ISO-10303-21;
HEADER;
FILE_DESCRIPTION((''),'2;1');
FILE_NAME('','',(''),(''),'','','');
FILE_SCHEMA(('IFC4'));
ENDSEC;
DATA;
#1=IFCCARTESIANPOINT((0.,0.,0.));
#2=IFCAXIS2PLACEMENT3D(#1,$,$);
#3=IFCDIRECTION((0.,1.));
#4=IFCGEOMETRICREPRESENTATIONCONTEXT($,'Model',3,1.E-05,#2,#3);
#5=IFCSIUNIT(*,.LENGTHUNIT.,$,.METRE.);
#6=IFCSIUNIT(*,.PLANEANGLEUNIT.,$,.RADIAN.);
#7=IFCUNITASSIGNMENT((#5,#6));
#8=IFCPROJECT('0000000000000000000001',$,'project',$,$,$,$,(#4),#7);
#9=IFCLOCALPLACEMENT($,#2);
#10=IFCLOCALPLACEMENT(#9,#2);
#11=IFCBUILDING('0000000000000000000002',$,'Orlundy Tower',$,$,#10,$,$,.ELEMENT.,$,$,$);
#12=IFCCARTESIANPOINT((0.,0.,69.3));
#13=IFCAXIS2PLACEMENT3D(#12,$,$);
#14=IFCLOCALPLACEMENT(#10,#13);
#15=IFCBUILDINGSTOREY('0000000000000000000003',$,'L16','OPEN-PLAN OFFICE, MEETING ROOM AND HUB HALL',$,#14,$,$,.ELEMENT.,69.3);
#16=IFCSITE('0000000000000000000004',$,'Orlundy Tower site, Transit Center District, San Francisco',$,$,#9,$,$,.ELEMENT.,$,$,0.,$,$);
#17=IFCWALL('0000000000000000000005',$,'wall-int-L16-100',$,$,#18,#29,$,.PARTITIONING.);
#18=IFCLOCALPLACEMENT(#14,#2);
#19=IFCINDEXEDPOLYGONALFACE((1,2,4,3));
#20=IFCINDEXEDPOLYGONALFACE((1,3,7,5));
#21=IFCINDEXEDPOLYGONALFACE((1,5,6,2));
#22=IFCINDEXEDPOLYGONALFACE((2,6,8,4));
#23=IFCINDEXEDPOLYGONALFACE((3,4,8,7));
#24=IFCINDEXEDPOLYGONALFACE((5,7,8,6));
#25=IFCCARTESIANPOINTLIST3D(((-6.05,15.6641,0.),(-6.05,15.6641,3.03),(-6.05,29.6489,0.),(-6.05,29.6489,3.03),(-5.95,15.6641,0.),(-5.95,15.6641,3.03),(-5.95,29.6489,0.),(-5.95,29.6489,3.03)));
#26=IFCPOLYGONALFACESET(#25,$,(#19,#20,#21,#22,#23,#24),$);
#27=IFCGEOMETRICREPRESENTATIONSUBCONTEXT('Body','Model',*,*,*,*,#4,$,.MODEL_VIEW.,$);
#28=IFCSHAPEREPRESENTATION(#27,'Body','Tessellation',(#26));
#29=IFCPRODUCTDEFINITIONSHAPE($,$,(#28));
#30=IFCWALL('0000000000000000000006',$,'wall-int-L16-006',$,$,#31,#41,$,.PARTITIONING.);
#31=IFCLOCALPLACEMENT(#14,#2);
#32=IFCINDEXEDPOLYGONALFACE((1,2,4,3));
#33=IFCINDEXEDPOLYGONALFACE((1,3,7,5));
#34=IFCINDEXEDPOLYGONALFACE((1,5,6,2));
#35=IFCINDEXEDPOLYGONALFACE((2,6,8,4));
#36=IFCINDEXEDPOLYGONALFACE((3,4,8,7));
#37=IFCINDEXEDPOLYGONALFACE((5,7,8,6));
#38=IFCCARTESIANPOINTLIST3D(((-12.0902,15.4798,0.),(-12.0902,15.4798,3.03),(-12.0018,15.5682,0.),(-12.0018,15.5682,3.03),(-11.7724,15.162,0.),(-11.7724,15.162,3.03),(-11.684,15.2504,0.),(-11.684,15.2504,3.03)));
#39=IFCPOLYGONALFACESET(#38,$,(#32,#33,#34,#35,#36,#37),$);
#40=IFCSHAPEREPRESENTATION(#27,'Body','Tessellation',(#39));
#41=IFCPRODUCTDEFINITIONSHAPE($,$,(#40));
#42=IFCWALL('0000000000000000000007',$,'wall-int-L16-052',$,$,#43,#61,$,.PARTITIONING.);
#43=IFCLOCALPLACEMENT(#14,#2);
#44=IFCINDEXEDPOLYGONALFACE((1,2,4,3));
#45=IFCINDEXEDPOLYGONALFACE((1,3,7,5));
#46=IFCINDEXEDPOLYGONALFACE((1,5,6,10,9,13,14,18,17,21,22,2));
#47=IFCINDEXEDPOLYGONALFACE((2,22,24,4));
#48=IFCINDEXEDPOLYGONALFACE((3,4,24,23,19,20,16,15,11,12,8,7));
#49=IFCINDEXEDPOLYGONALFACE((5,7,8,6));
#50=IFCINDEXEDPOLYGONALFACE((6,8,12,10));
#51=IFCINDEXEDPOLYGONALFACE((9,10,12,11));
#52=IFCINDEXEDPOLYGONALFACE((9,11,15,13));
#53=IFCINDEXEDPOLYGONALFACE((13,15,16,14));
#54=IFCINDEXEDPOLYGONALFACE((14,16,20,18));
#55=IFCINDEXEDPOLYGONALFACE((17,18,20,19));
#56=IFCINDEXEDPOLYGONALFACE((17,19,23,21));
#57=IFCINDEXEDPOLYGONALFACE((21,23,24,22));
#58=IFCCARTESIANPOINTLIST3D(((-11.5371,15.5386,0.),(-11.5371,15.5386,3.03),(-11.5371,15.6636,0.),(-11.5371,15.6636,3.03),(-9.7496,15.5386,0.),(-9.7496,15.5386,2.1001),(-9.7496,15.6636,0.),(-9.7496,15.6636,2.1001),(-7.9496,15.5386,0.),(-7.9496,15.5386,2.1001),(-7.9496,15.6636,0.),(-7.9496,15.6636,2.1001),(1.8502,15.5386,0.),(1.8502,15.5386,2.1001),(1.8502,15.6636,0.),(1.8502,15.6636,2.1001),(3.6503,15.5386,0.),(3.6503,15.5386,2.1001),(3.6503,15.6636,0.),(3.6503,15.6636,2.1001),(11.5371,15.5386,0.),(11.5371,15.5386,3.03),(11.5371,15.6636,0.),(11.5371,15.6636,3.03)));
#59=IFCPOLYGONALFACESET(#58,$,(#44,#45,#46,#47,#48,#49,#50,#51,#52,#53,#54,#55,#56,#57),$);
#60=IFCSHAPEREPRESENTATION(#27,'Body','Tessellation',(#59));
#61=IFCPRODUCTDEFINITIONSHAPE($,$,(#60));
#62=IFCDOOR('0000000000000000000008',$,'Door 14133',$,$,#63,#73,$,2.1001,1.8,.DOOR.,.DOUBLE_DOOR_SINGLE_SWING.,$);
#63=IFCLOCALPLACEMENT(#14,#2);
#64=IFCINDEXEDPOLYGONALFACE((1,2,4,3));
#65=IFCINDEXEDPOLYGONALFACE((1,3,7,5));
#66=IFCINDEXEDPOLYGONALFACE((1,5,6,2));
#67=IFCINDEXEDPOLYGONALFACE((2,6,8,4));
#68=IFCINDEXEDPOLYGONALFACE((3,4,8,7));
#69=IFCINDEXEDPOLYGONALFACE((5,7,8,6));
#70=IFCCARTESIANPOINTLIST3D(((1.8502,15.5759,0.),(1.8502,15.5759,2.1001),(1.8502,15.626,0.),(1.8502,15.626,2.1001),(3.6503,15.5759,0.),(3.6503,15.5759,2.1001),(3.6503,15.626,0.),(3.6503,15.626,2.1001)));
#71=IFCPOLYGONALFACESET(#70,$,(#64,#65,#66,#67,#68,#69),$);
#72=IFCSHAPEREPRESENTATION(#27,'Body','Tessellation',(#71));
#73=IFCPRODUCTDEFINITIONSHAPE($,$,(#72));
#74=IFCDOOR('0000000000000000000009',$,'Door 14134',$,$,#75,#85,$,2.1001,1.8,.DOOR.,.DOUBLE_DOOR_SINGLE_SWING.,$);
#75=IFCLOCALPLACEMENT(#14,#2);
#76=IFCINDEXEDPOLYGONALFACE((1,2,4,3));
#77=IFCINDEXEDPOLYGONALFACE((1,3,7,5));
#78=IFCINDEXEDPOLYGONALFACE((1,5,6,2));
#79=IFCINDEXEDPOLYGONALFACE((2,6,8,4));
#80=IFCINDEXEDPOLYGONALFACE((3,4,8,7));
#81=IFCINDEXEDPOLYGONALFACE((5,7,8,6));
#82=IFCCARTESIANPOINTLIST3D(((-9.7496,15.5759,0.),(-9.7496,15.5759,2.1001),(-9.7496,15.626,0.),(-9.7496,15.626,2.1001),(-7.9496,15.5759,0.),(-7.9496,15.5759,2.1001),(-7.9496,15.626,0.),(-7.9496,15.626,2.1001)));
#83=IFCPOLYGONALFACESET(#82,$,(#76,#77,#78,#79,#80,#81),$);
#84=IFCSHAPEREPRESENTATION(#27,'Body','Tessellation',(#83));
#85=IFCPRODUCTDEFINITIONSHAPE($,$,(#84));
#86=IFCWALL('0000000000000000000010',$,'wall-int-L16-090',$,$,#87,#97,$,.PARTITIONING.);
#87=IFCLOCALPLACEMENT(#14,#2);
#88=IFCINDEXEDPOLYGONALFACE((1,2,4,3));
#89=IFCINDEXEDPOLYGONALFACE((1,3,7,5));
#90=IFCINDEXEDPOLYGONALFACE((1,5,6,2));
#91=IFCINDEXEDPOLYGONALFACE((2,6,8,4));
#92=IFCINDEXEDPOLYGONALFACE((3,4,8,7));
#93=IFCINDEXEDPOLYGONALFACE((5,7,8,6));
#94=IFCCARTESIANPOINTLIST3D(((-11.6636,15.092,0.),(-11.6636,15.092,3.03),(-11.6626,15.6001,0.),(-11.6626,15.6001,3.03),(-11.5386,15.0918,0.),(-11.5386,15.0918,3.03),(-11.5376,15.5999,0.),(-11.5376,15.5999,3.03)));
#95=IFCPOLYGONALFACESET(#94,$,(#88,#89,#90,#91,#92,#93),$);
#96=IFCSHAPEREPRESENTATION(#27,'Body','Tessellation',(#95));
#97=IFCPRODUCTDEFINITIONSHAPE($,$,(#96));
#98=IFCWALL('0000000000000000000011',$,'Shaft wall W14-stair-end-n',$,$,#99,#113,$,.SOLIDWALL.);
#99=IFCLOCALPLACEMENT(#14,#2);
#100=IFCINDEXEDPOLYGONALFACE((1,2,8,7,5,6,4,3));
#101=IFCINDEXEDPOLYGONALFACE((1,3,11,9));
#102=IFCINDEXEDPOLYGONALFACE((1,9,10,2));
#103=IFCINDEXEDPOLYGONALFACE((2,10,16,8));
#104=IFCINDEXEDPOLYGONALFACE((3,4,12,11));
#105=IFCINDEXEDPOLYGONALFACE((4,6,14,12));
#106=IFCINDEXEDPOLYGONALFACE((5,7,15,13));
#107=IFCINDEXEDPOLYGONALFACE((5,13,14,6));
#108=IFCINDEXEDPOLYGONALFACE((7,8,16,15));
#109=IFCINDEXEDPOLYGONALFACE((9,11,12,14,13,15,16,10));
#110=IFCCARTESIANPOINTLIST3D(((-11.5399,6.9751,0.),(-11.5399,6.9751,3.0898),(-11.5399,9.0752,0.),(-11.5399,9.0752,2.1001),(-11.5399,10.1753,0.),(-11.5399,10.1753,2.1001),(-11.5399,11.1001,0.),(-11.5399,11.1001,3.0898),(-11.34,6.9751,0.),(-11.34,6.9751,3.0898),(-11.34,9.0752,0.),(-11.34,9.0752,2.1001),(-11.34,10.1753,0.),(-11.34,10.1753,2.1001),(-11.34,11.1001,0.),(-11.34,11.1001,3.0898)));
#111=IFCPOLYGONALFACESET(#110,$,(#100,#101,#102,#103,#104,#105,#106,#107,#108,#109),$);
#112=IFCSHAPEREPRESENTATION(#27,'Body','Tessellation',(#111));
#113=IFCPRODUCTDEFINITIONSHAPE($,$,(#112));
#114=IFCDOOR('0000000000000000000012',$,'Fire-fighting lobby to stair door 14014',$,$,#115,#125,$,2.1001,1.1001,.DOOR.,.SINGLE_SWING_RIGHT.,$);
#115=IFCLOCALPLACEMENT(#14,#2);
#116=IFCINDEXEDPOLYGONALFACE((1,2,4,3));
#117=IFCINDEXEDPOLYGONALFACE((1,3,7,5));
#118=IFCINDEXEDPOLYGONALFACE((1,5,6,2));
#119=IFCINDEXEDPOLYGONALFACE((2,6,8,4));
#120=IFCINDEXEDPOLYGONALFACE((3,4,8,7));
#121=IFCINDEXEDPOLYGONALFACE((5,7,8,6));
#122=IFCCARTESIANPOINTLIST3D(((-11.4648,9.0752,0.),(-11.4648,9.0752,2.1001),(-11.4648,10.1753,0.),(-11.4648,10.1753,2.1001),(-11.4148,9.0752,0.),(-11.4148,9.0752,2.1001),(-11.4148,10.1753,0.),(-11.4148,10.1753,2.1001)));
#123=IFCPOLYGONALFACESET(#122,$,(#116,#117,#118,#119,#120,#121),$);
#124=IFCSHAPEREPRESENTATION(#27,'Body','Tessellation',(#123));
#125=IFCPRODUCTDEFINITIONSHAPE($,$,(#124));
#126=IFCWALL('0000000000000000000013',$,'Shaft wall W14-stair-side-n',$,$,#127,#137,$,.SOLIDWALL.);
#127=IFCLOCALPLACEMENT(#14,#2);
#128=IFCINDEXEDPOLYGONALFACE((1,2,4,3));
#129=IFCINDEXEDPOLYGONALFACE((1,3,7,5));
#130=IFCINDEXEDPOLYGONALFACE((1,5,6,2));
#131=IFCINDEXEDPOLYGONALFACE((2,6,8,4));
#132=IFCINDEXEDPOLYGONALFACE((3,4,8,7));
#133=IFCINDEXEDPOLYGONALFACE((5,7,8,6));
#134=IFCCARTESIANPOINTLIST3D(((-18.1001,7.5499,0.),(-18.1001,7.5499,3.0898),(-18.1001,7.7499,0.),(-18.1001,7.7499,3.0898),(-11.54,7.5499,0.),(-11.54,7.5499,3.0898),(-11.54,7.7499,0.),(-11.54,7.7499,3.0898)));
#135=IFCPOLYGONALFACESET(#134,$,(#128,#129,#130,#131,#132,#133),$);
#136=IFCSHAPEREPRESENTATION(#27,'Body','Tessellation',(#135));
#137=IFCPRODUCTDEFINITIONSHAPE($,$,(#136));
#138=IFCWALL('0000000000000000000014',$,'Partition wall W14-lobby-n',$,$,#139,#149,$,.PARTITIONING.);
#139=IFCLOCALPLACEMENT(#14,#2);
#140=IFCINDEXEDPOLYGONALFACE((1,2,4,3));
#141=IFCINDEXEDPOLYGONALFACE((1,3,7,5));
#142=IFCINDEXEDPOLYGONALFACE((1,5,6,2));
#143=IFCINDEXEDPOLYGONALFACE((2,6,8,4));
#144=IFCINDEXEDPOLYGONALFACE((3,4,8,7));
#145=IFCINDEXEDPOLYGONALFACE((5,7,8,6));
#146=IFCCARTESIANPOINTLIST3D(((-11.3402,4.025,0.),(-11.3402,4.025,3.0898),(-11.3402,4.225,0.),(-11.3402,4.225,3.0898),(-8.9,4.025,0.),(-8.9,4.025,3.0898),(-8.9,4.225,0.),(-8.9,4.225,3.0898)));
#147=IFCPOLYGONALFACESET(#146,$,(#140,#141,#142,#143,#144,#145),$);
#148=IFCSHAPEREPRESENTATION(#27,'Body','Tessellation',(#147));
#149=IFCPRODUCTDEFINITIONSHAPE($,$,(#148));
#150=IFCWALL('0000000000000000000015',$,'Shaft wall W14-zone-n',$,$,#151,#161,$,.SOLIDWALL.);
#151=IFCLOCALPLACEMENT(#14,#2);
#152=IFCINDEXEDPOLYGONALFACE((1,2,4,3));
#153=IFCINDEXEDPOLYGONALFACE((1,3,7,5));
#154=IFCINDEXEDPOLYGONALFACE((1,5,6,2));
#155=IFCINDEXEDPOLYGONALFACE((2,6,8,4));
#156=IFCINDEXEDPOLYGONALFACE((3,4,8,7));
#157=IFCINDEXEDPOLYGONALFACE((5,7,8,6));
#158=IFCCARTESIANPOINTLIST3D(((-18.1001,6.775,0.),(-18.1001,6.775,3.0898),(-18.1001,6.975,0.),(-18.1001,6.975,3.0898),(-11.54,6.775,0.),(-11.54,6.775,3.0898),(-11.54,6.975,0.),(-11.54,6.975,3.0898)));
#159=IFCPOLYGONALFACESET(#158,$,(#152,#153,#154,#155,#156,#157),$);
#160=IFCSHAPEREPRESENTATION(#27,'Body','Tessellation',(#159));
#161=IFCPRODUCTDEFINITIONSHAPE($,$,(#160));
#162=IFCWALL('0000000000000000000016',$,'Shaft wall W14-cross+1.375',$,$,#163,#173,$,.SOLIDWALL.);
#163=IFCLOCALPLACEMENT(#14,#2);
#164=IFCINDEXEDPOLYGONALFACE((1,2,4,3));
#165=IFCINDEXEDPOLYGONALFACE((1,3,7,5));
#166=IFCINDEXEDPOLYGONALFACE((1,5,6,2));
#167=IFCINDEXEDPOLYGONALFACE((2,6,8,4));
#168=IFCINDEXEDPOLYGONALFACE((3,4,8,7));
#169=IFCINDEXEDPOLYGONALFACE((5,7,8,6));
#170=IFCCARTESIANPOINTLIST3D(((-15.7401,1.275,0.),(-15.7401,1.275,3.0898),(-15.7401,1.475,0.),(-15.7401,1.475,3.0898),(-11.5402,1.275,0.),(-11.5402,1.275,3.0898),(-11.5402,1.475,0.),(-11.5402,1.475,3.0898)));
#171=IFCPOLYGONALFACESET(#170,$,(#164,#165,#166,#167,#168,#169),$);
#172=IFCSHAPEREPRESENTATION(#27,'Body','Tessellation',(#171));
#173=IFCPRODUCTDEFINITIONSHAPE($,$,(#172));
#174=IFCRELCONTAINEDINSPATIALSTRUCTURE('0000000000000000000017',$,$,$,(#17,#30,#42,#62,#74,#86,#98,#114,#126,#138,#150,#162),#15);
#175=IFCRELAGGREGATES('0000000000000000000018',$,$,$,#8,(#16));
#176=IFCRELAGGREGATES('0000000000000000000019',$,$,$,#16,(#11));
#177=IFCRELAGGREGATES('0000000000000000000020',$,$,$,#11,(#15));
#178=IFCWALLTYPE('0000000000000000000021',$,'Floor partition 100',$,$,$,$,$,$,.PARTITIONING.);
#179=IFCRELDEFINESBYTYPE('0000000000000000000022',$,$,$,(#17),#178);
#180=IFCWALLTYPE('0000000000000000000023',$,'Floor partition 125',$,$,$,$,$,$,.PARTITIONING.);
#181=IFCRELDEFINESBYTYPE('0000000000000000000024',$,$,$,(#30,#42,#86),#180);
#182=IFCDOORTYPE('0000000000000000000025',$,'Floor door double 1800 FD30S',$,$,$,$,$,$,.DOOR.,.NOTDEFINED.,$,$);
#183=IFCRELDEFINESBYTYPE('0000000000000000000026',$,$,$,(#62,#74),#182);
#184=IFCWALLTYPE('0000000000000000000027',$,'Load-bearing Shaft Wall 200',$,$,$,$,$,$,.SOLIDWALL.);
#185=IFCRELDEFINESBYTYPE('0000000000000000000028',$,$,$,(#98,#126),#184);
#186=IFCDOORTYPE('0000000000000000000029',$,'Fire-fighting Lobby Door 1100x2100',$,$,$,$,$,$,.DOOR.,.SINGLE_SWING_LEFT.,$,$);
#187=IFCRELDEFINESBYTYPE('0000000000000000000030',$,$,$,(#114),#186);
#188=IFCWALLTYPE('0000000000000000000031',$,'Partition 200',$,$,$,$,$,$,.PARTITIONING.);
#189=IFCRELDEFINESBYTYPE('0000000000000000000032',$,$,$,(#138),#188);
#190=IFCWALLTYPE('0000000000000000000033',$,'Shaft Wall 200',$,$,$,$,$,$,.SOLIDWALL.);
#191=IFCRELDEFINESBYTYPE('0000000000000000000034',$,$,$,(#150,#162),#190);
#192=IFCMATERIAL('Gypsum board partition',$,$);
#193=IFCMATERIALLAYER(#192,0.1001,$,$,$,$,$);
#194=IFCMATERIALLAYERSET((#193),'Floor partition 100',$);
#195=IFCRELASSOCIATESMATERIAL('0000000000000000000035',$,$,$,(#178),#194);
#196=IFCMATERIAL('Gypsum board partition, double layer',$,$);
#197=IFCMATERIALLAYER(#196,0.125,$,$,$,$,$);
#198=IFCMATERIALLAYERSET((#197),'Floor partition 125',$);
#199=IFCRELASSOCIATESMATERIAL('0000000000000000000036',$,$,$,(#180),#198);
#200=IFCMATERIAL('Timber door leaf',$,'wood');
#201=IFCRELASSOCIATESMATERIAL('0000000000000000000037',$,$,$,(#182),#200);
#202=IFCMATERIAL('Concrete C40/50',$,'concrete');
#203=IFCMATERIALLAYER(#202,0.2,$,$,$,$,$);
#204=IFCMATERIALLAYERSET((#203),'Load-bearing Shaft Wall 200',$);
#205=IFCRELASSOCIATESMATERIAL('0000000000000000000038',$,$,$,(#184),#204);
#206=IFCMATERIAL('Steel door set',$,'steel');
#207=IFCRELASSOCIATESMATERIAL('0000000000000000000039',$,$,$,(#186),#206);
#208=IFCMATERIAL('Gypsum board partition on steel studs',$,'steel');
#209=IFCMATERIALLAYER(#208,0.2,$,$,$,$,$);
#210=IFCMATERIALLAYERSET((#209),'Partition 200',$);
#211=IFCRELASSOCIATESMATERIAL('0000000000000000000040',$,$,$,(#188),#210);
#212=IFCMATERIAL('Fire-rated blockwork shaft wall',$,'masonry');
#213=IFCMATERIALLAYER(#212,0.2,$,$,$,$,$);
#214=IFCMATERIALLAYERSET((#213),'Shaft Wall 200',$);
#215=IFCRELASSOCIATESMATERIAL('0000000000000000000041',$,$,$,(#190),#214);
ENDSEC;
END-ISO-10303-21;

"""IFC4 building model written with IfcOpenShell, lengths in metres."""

from ifc_helpers import new_model, si_unit, direction, frame, frame_2d, origin, place, context, subcontext, project, spatial, rectangle, extrude, material, layer, layer_set, type_object, element, fill, save


model = new_model("IFC4")

# Units and contexts
model_context = context("Model", 3, precision=1e-05, world=origin(), true_north=direction((0.0, 1.0)))
body_context = subcontext(model_context, "Body", "Model", "MODEL_VIEW")
ifc_project = project(units=[si_unit("LENGTHUNIT", "METRE"), si_unit("PLANEANGLEUNIT", "RADIAN")], contexts=[model_context])

# Site, building, storey
site_placement = place(None, origin())
site = spatial("IfcSite", under=ifc_project, at=site_placement, Name="Orlundy Tower site, Transit Center District, San Francisco", CompositionType="ELEMENT", RefElevation=0.0)
building_placement = place(site_placement, origin())
building = spatial("IfcBuilding", under=site, at=building_placement, Name="Orlundy Tower", CompositionType="ELEMENT")
storey_placement = place(building_placement, frame((0.0, 0.0, 69.3)))
storey = spatial("IfcBuildingStorey", under=building, at=storey_placement, Name="L16", Description="OPEN-PLAN OFFICE, MEETING ROOM AND HUB HALL", CompositionType="ELEMENT", Elevation=69.3)

# Walls
ifc_material_1 = material(Name="Gypsum board partition")
ifc_layer_1 = layer(ifc_material_1, 0.1001)
ifc_layer_set_1 = layer_set([ifc_layer_1], Name="Floor partition 100")
wall_type_1 = type_object("IfcWallType", Name="Floor partition 100", PredefinedType="PARTITIONING", material=ifc_layer_set_1)
wall_1_placement = place(storey_placement, frame((-6.0, 15.6641, 0.0), z_axis=(0.0, 0.0, 1.0), x_axis=(0.0, 1.0, 0.0)))
element("IfcWall", 1, at=wall_1_placement, inside=storey, type_object=wall_type_1, Name="wall-int-L16-100", PredefinedType="PARTITIONING", context=body_context, shape_type="SweptSolid", body=[
    extrude(rectangle(XDim=13.9849, YDim=0.1001, at=frame_2d((6.9924, 0.0))), origin(), (0.0, 0.0, 1.0), 3.03),
])
ifc_material_2 = material(Name="Gypsum board partition, double layer")
ifc_layer_2 = layer(ifc_material_2, 0.125)
ifc_layer_set_2 = layer_set([ifc_layer_2], Name="Floor partition 125")
wall_type_2 = type_object("IfcWallType", Name="Floor partition 125", PredefinedType="PARTITIONING", material=ifc_layer_set_2)
wall_2_placement = place(storey_placement, frame((-12.0459, 15.5239, 0.0), z_axis=(0.0, 0.0, 1.0), x_axis=(0.707107, -0.707107, 0.0)))
element("IfcWall", 2, at=wall_2_placement, inside=storey, type_object=wall_type_2, Name="wall-int-L16-006", PredefinedType="PARTITIONING", context=body_context, shape_type="SweptSolid", body=[
    extrude(rectangle(XDim=0.4495, YDim=0.125, at=frame_2d((0.2246, 0.0))), origin(), (0.0, 0.0, 1.0), 3.03),
])

# Wall, openings, doors
wall_3_placement = place(storey_placement, frame((-11.5371, 15.6011, 0.0), z_axis=(0.0, 0.0, 1.0), x_axis=(1.0, 0.0, 0.0)))
wall_3 = element("IfcWall", 3, at=wall_3_placement, inside=storey, type_object=wall_type_2, Name="wall-int-L16-052", PredefinedType="PARTITIONING", context=body_context, shape_type="SweptSolid", body=[
    extrude(rectangle(XDim=23.0742, YDim=0.125, at=frame_2d((11.5371, 0.0))), origin(), (0.0, 0.0, 1.0), 3.03),
])
opening_1_placement = place(wall_3_placement, frame((13.3875, 0.0, 0.0)))
opening_1 = element("IfcOpeningElement", 4, at=opening_1_placement, cuts=wall_3, PredefinedType="OPENING", context=body_context, shape_type="SweptSolid", body=[
    extrude(rectangle(XDim=1.8, YDim=2.1001, at=frame_2d((0.8999, 1.05))), frame((0.0, 0.0725, 0.0), z_axis=(0.0, -1.0, 0.0), x_axis=(1.0, 0.0, 0.0)), (0.0, 0.0, 1.0), 0.145),
])
opening_2_placement = place(wall_3_placement, frame((1.7876, 0.0, 0.0)))
opening_2 = element("IfcOpeningElement", 5, at=opening_2_placement, cuts=wall_3, PredefinedType="OPENING", context=body_context, shape_type="SweptSolid", body=[
    extrude(rectangle(XDim=1.8, YDim=2.1001, at=frame_2d((0.8999, 1.05))), frame((0.0, 0.0725, 0.0), z_axis=(0.0, -1.0, 0.0), x_axis=(1.0, 0.0, 0.0)), (0.0, 0.0, 1.0), 0.145),
])
ifc_material_3 = material(Name="Timber door leaf", Category="wood")
door_type_1 = type_object("IfcDoorType", Name="Floor door double 1800 FD30S", OperationType="NOTDEFINED", PredefinedType="DOOR", material=ifc_material_3)
door_1_placement = place(opening_1_placement, origin())
door_1 = element("IfcDoor", 6, at=door_1_placement, inside=storey, type_object=door_type_1, Name="Door 14133", OperationType="DOUBLE_DOOR_SINGLE_SWING", OverallHeight=2.1001, OverallWidth=1.8, PredefinedType="DOOR", context=body_context, shape_type="SweptSolid", body=[
    extrude(rectangle(XDim=1.8, YDim=2.1001, at=frame_2d((0.8999, 1.05))), frame((0.0, 0.0249, 0.0), z_axis=(0.0, -1.0, 0.0), x_axis=(1.0, 0.0, 0.0)), (0.0, 0.0, 1.0), 0.05),
])
fill(opening_1, door_1)
door_2_placement = place(opening_2_placement, origin())
door_2 = element("IfcDoor", 7, at=door_2_placement, inside=storey, type_object=door_type_1, Name="Door 14134", OperationType="DOUBLE_DOOR_SINGLE_SWING", OverallHeight=2.1001, OverallWidth=1.8, PredefinedType="DOOR", context=body_context, shape_type="SweptSolid", body=[
    extrude(rectangle(XDim=1.8, YDim=2.1001, at=frame_2d((0.8999, 1.05))), frame((0.0, 0.0249, 0.0), z_axis=(0.0, -1.0, 0.0), x_axis=(1.0, 0.0, 0.0)), (0.0, 0.0, 1.0), 0.05),
])
fill(opening_2, door_2)

# Wall
wall_4_placement = place(storey_placement, frame((-11.6011, 15.092, 0.0), z_axis=(0.0, 0.0, 1.0), x_axis=(0.001922, 0.999998, 0.0)))
element("IfcWall", 8, at=wall_4_placement, inside=storey, type_object=wall_type_2, Name="wall-int-L16-090", PredefinedType="PARTITIONING", context=body_context, shape_type="SweptSolid", body=[
    extrude(rectangle(XDim=0.5081, YDim=0.125, at=frame_2d((0.2539, 0.0))), origin(), (0.0, 0.0, 1.0), 3.03),
])

# Wall, opening, door
ifc_material_4 = material(Name="Concrete C40/50", Category="concrete")
ifc_layer_3 = layer(ifc_material_4, 0.2)
ifc_layer_set_3 = layer_set([ifc_layer_3], Name="Load-bearing Shaft Wall 200")
wall_type_3 = type_object("IfcWallType", Name="Load-bearing Shaft Wall 200", PredefinedType="SOLIDWALL", material=ifc_layer_set_3)
wall_5_placement = place(storey_placement, frame((-11.4399, 6.9751, 0.0), z_axis=(0.0, 0.0, 1.0), x_axis=(0.0, 1.0, 0.0)))
wall_5 = element("IfcWall", 9, at=wall_5_placement, inside=storey, type_object=wall_type_3, Name="Shaft wall W14-stair-end-n", PredefinedType="SOLIDWALL", context=body_context, shape_type="SweptSolid", body=[
    extrude(rectangle(XDim=4.125, YDim=0.2, at=frame_2d((2.0625, 0.0))), origin(), (0.0, 0.0, 1.0), 3.0898),
])
opening_3_placement = place(wall_5_placement, frame((2.1001, 0.0, 0.0)))
opening_3 = element("IfcOpeningElement", 10, at=opening_3_placement, cuts=wall_5, PredefinedType="OPENING", context=body_context, shape_type="SweptSolid", body=[
    extrude(rectangle(XDim=1.1001, YDim=2.1001, at=frame_2d((0.55, 1.05))), frame((0.0, 0.1101, 0.0), z_axis=(0.0, -1.0, 0.0), x_axis=(1.0, 0.0, 0.0)), (0.0, 0.0, 1.0), 0.2202),
])
ifc_material_5 = material(Name="Steel door set", Category="steel")
door_type_2 = type_object("IfcDoorType", Name="Fire-fighting Lobby Door 1100x2100", OperationType="SINGLE_SWING_LEFT", PredefinedType="DOOR", material=ifc_material_5)
door_3_placement = place(opening_3_placement, origin())
door_3 = element("IfcDoor", 11, at=door_3_placement, inside=storey, type_object=door_type_2, Name="Fire-fighting lobby to stair door 14014", OperationType="SINGLE_SWING_RIGHT", OverallHeight=2.1001, OverallWidth=1.1001, PredefinedType="DOOR", context=body_context, shape_type="SweptSolid", body=[
    extrude(rectangle(XDim=1.1001, YDim=2.1001, at=frame_2d((0.55, 1.05))), frame((0.0, 0.0249, 0.0), z_axis=(0.0, -1.0, 0.0), x_axis=(1.0, 0.0, 0.0)), (0.0, 0.0, 1.0), 0.05),
])
fill(opening_3, door_3)

# Walls
wall_6_placement = place(storey_placement, frame((-11.54, 7.6499, 0.0), z_axis=(0.0, 0.0, 1.0), x_axis=(-1.0, 0.0, 0.0)))
element("IfcWall", 12, at=wall_6_placement, inside=storey, type_object=wall_type_3, Name="Shaft wall W14-stair-side-n", PredefinedType="SOLIDWALL", context=body_context, shape_type="SweptSolid", body=[
    extrude(rectangle(XDim=6.5601, YDim=0.2, at=frame_2d((3.28, 0.0))), origin(), (0.0, 0.0, 1.0), 3.0898),
])
ifc_material_6 = material(Name="Gypsum board partition on steel studs", Category="steel")
ifc_layer_4 = layer(ifc_material_6, 0.2)
ifc_layer_set_4 = layer_set([ifc_layer_4], Name="Partition 200")
wall_type_4 = type_object("IfcWallType", Name="Partition 200", PredefinedType="PARTITIONING", material=ifc_layer_set_4)
wall_7_placement = place(storey_placement, frame((-8.8999, 4.125, 0.0), z_axis=(0.0, 0.0, 1.0), x_axis=(-1.0, 0.0, 0.0)))
element("IfcWall", 13, at=wall_7_placement, inside=storey, type_object=wall_type_4, Name="Partition wall W14-lobby-n", PredefinedType="PARTITIONING", context=body_context, shape_type="SweptSolid", body=[
    extrude(rectangle(XDim=2.4402, YDim=0.2, at=frame_2d((1.2202, 0.0))), origin(), (0.0, 0.0, 1.0), 3.0898),
])
ifc_material_7 = material(Name="Fire-rated blockwork shaft wall", Category="masonry")
ifc_layer_5 = layer(ifc_material_7, 0.2)
ifc_layer_set_5 = layer_set([ifc_layer_5], Name="Shaft Wall 200")
wall_type_5 = type_object("IfcWallType", Name="Shaft Wall 200", PredefinedType="SOLIDWALL", material=ifc_layer_set_5)
wall_8_placement = place(storey_placement, frame((-11.54, 6.875, 0.0), z_axis=(0.0, 0.0, 1.0), x_axis=(-1.0, 0.0, 0.0)))
element("IfcWall", 14, at=wall_8_placement, inside=storey, type_object=wall_type_5, Name="Shaft wall W14-zone-n", PredefinedType="SOLIDWALL", context=body_context, shape_type="SweptSolid", body=[
    extrude(rectangle(XDim=6.5601, YDim=0.2, at=frame_2d((3.28, 0.0))), origin(), (0.0, 0.0, 1.0), 3.0898),
])
wall_9_placement = place(storey_placement, frame((-11.54, 1.375, 0.0), z_axis=(0.0, 0.0, 1.0), x_axis=(-1.0, 0.0, 0.0)))
element("IfcWall", 15, at=wall_9_placement, inside=storey, type_object=wall_type_5, Name="Shaft wall W14-cross+1.375", PredefinedType="SOLIDWALL", context=body_context, shape_type="SweptSolid", body=[
    extrude(rectangle(XDim=4.2, YDim=0.2, at=frame_2d((2.1001, 0.0))), origin(), (0.0, 0.0, 1.0), 3.0898),
])

save(model, "model.ifc")
